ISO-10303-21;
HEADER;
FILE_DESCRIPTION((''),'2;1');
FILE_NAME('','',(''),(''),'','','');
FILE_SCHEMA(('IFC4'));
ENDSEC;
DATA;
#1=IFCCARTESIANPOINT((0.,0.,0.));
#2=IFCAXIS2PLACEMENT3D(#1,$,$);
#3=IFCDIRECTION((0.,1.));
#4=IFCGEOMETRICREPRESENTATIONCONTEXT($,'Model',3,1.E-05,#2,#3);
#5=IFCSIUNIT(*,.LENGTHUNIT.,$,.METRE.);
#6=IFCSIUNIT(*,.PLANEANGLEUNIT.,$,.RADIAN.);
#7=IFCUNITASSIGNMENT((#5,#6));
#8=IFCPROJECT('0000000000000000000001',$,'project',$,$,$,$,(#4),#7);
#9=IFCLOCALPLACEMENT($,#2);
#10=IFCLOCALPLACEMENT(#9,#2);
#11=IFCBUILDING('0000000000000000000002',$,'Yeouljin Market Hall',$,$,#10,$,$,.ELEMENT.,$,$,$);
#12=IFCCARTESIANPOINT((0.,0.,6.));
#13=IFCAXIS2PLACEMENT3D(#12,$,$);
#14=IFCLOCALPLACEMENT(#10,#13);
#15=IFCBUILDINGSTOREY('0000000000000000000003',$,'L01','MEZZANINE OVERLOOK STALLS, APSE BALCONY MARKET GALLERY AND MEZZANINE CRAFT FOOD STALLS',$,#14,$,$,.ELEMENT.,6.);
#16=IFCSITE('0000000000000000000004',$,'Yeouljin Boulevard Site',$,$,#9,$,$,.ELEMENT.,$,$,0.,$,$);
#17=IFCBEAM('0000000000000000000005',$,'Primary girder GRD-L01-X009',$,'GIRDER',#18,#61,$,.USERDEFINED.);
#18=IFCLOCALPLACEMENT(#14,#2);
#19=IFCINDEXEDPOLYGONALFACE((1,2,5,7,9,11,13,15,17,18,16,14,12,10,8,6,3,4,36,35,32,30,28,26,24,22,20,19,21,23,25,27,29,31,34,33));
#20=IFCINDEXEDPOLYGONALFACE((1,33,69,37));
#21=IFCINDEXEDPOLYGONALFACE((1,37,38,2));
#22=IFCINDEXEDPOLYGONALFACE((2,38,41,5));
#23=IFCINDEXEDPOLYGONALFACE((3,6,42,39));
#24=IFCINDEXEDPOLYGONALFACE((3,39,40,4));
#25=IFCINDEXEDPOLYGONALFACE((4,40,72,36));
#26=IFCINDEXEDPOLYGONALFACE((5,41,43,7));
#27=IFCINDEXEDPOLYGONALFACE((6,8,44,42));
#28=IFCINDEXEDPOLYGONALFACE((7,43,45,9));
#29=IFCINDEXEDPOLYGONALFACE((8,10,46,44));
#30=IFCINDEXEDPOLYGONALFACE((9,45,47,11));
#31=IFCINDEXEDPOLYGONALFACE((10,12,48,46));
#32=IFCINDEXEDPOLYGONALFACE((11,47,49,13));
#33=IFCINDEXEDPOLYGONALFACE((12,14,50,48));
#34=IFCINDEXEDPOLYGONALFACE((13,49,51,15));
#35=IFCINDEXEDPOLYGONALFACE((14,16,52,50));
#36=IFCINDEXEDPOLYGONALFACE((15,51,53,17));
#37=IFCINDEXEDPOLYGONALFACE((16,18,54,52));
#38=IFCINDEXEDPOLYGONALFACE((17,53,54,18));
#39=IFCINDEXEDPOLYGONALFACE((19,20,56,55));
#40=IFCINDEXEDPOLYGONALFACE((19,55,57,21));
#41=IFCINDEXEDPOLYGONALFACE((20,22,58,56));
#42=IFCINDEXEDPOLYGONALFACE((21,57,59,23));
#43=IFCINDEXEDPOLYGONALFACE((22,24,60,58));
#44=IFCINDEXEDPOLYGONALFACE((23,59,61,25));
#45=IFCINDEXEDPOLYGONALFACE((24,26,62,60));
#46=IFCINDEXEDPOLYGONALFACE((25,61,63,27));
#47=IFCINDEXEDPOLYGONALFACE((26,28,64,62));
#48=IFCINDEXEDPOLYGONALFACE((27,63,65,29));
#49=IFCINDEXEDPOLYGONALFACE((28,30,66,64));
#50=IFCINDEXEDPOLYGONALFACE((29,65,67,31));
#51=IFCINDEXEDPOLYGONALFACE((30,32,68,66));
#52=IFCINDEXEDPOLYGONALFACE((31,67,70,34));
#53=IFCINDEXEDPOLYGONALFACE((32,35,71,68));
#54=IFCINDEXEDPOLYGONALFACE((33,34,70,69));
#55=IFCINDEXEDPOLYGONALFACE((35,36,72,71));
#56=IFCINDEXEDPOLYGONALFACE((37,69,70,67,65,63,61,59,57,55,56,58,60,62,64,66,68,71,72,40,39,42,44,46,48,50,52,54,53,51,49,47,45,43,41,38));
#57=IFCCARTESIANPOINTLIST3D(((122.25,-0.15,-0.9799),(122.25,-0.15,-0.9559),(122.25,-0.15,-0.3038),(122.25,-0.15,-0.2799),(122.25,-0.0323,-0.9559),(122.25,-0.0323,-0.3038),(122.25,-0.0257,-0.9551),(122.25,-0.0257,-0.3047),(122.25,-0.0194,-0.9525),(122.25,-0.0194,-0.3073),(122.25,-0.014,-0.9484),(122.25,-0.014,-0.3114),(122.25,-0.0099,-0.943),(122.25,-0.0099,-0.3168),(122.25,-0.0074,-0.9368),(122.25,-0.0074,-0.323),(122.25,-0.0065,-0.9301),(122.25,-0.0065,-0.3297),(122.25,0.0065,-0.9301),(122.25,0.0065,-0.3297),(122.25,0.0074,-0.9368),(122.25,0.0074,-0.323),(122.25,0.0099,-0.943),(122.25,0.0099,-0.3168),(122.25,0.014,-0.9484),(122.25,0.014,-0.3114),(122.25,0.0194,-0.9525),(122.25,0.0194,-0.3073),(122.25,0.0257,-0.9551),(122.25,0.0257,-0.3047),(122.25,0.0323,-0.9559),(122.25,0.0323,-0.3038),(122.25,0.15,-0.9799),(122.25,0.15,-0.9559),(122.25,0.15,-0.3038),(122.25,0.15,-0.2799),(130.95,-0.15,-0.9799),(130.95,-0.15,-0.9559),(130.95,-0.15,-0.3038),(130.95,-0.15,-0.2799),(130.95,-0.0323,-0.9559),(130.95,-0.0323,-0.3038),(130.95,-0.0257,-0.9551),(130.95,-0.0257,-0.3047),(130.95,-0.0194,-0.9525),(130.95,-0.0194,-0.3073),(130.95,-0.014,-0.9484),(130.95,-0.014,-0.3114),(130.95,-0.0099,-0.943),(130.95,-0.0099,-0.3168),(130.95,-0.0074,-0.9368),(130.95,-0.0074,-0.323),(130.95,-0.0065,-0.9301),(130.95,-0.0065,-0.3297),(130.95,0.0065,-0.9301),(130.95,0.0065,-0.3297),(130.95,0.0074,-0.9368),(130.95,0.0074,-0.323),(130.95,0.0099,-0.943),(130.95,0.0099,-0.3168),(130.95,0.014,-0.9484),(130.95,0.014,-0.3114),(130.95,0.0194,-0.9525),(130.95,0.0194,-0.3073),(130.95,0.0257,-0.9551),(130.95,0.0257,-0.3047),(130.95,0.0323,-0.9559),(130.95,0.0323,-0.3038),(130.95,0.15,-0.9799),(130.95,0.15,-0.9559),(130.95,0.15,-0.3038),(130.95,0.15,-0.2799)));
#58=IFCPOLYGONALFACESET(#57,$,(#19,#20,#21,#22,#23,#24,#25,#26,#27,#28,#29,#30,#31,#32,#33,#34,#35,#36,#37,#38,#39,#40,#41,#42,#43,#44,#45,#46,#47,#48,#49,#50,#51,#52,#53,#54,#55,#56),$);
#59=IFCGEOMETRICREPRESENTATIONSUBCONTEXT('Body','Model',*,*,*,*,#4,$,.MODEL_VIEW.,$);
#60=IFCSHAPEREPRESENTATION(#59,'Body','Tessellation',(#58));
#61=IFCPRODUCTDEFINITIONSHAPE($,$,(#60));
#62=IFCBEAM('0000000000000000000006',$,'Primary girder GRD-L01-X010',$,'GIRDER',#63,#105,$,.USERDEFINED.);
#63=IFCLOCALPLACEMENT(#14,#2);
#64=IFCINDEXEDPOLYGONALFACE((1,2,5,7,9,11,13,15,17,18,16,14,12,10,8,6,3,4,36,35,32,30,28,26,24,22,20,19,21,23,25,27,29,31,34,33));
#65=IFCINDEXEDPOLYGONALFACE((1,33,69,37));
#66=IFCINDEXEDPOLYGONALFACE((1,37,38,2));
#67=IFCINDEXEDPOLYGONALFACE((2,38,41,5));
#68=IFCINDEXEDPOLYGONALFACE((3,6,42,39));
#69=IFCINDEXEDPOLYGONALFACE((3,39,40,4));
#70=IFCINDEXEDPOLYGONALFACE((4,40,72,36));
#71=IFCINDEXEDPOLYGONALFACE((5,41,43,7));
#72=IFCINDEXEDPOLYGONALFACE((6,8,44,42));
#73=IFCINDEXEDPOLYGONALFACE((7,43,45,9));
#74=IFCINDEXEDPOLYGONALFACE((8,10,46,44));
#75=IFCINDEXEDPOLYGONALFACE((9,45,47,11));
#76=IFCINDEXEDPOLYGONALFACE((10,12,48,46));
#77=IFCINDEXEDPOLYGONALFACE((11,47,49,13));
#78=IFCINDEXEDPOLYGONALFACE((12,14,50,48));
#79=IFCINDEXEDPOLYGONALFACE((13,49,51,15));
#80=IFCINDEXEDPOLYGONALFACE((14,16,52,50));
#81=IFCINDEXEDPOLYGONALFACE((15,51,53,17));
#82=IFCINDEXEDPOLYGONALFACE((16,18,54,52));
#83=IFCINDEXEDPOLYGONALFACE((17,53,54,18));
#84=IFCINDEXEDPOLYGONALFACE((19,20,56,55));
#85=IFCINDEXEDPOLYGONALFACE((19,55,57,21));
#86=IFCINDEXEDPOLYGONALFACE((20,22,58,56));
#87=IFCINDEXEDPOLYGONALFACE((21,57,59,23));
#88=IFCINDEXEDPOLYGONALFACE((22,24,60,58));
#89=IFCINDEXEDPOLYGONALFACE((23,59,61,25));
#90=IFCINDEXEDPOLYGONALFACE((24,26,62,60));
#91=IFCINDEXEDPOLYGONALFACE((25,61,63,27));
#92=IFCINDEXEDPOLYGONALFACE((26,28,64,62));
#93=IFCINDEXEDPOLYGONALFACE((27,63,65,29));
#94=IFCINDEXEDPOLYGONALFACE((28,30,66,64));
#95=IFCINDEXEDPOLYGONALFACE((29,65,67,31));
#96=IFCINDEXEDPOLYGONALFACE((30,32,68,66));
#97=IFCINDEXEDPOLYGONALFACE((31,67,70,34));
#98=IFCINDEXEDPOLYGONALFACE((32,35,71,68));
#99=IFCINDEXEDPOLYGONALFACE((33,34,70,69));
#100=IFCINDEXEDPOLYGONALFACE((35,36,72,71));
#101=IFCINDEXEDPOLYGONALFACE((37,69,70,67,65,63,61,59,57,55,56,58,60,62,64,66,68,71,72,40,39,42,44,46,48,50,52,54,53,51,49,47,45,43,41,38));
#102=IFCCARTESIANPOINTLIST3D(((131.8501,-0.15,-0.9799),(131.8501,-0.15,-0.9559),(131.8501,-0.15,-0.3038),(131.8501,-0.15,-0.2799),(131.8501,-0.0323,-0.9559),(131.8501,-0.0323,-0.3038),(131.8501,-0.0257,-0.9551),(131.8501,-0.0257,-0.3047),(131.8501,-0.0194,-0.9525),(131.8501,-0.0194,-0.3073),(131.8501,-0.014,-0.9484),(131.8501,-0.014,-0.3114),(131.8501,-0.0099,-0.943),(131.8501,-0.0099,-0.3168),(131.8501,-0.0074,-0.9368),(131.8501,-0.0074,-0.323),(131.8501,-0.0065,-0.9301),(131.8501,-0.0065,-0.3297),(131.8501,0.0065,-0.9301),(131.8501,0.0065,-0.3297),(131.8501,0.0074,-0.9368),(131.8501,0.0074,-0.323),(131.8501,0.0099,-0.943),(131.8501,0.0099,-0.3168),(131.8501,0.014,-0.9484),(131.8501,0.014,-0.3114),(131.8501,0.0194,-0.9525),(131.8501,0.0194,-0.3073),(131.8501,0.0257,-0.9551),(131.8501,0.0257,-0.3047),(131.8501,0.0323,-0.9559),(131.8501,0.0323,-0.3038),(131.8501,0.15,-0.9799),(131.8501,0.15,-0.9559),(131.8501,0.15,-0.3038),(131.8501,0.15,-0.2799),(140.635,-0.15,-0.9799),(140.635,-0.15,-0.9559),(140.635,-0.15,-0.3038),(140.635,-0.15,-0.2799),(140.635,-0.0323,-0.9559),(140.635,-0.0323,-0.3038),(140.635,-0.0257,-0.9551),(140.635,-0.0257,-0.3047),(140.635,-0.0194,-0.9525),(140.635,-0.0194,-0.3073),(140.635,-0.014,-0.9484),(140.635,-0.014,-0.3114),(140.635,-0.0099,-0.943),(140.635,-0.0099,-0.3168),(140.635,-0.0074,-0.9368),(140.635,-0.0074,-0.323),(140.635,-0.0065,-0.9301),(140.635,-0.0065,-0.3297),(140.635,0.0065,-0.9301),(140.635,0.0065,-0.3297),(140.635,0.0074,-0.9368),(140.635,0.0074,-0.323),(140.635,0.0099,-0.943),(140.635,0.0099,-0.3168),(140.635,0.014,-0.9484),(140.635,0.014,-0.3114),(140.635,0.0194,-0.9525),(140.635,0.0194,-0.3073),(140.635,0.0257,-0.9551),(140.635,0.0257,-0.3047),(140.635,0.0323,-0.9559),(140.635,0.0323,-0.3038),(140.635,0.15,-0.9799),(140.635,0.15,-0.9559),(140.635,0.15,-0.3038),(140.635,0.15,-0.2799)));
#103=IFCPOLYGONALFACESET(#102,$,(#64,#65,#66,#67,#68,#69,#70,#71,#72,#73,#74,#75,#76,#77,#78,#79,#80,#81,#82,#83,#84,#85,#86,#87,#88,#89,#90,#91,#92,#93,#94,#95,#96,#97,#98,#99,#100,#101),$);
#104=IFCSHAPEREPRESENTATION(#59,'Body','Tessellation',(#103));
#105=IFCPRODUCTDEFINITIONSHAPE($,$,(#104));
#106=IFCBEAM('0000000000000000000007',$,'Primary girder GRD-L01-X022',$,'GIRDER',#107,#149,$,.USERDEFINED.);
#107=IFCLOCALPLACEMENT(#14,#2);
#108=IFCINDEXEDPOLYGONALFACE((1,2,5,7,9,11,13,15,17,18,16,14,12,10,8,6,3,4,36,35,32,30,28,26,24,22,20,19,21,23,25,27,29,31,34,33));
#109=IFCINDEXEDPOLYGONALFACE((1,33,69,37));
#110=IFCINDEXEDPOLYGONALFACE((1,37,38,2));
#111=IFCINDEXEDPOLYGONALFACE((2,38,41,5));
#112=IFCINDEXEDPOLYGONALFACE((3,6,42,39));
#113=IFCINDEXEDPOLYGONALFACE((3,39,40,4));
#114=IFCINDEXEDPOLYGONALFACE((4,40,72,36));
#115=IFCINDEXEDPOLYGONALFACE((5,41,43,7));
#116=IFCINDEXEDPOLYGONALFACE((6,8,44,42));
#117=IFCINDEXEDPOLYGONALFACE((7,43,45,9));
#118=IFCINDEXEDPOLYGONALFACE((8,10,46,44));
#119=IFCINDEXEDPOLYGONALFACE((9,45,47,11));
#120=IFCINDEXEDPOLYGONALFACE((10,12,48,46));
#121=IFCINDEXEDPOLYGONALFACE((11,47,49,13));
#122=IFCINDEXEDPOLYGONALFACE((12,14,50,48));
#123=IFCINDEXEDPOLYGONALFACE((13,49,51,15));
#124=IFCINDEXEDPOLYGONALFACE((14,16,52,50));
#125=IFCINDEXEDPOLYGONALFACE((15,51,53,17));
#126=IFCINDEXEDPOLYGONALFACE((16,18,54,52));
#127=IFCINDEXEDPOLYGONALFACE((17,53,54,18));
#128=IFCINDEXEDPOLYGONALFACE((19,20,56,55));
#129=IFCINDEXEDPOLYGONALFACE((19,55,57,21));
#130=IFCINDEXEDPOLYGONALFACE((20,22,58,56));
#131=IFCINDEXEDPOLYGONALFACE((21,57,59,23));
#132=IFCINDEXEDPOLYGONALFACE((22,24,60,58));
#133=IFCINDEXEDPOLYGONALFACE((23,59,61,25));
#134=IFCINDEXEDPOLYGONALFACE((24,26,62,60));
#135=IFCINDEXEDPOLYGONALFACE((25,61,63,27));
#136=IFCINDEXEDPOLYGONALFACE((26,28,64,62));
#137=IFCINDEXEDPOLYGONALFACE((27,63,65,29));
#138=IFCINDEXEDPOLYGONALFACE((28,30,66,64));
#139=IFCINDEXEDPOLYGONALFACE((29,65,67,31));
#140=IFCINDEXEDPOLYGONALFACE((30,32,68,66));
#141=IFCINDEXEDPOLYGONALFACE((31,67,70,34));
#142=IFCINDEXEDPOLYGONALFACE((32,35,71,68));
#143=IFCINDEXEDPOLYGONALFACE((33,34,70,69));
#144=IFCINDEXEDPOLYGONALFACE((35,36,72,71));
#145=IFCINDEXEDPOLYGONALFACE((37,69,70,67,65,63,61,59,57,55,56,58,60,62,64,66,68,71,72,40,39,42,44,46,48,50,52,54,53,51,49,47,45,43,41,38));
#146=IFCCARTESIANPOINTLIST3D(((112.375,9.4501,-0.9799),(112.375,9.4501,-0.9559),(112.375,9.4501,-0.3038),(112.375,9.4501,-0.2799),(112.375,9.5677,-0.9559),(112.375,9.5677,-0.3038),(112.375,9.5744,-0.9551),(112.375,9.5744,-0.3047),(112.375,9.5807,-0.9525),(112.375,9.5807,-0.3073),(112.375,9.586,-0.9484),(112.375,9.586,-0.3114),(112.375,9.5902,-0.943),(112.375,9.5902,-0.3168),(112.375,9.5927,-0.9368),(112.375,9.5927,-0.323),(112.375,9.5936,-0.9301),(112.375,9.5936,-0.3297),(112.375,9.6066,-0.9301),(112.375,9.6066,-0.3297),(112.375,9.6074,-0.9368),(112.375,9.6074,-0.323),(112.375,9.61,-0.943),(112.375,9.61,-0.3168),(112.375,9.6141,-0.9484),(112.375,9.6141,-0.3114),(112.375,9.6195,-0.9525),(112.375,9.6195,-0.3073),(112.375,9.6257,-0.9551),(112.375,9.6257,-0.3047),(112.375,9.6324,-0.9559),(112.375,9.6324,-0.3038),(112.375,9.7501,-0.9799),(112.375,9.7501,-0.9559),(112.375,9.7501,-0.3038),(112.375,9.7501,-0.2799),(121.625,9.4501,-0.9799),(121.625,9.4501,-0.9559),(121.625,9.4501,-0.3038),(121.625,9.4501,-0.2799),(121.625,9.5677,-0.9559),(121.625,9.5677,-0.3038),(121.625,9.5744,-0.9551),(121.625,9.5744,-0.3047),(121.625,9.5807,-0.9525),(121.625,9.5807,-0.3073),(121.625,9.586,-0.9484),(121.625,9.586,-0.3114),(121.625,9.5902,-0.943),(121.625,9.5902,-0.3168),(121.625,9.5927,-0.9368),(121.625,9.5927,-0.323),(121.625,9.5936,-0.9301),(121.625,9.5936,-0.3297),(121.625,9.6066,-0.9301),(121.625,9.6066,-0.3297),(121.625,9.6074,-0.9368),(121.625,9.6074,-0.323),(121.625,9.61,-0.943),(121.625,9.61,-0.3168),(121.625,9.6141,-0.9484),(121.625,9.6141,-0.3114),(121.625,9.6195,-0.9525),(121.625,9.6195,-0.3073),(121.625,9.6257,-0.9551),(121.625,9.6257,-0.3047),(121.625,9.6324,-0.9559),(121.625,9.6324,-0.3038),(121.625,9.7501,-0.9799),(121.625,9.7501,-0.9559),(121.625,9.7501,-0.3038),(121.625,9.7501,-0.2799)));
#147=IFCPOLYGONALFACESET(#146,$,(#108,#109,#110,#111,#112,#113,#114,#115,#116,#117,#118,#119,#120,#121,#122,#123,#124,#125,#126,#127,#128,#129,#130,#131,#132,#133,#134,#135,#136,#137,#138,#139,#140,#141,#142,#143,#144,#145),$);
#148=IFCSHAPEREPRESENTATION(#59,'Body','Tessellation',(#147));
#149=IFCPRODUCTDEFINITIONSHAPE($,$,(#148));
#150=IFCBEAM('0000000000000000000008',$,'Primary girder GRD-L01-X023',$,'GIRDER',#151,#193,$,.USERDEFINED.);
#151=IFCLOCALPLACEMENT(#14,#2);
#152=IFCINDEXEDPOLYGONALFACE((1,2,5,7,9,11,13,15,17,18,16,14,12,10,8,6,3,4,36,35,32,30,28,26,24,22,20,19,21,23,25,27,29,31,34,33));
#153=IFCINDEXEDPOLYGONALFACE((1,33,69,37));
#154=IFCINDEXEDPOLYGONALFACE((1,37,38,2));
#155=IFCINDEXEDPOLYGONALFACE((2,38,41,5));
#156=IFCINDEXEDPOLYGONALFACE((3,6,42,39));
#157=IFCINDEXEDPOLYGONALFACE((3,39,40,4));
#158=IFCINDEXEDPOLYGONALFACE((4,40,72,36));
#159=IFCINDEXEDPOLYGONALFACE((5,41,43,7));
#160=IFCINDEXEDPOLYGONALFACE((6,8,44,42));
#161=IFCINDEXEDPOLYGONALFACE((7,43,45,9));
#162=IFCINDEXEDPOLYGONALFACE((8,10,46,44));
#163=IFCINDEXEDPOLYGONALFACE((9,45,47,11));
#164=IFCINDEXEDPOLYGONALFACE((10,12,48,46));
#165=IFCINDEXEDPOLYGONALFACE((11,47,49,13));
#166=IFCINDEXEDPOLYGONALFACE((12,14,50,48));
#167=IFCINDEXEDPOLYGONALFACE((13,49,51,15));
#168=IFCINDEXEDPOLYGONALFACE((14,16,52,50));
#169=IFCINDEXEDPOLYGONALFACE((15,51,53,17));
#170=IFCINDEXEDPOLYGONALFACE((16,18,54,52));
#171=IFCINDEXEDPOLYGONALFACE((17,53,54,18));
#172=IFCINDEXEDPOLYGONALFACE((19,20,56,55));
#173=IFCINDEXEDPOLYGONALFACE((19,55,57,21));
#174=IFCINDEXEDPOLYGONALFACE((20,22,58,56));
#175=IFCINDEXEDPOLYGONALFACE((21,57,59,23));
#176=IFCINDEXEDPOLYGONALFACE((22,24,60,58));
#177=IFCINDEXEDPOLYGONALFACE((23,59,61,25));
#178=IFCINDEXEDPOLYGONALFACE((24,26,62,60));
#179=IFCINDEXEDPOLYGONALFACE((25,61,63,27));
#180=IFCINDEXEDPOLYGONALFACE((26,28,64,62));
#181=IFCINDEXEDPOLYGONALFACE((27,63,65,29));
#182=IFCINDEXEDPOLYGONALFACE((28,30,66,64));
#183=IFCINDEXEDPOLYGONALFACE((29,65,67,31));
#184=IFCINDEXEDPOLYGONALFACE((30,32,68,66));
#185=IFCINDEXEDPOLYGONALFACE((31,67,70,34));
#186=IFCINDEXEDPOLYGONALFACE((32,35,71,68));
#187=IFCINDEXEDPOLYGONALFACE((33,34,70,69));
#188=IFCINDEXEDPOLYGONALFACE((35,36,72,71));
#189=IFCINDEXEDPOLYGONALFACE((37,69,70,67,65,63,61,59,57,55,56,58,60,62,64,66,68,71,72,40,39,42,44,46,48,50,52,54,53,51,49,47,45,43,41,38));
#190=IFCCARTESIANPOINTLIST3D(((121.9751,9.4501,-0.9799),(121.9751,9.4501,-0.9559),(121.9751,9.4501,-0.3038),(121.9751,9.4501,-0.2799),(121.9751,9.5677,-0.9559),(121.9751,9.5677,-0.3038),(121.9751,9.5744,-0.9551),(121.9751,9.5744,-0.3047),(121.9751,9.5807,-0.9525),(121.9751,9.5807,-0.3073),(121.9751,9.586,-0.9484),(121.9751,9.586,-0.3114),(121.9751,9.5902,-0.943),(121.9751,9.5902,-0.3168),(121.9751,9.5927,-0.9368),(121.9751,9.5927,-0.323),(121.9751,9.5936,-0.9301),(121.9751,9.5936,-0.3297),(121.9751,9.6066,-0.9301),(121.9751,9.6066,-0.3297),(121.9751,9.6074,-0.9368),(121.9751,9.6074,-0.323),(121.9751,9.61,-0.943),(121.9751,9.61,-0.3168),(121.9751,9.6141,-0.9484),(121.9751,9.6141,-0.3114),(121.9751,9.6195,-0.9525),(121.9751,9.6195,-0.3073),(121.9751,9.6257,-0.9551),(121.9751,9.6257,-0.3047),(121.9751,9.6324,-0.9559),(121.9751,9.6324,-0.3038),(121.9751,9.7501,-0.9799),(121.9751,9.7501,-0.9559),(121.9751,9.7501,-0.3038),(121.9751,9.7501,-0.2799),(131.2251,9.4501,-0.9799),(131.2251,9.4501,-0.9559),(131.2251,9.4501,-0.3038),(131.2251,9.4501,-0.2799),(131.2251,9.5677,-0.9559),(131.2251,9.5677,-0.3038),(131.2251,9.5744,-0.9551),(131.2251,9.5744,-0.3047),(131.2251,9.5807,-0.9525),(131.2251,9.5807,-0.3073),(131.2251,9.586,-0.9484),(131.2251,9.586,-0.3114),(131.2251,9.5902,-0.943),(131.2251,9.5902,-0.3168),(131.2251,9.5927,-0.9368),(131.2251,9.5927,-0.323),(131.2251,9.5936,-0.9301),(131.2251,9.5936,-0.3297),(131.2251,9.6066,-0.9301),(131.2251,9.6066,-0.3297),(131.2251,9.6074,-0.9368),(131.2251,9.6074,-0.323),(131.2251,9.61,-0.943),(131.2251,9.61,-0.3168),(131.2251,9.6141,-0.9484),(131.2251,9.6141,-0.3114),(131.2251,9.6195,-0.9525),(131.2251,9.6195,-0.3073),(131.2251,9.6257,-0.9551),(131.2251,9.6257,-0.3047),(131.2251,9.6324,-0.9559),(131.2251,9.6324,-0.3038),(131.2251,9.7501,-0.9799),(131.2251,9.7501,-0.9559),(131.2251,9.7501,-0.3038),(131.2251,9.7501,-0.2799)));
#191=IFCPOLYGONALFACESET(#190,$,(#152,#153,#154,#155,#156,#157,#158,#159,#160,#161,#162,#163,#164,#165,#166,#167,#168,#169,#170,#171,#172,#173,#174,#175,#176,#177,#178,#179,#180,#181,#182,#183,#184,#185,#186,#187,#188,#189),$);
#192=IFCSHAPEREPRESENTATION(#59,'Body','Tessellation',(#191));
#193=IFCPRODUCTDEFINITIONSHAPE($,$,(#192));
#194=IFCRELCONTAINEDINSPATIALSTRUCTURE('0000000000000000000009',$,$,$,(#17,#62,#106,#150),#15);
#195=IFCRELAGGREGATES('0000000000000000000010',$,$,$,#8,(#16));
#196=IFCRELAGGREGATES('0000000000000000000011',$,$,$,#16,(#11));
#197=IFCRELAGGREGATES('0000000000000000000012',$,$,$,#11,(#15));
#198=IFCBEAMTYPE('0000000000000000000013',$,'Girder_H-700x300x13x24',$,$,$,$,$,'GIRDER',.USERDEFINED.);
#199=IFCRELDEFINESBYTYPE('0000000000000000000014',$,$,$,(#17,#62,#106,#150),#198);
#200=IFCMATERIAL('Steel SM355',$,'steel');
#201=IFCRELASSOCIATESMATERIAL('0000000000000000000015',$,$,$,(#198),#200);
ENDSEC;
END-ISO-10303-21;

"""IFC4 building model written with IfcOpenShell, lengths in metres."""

from ifc_helpers import new_model, si_unit, direction, frame, origin, origin_2d, place, context, subcontext, project, spatial, i_section, extrude, material, material_profile, profile_set, type_object, element, save


model = new_model("IFC4")

# Units and contexts
model_context = context("Model", 3, precision=1e-05, world=origin(), true_north=direction((0.0, 1.0)))
body_context = subcontext(model_context, "Body", "Model", "MODEL_VIEW")
ifc_project = project(units=[si_unit("LENGTHUNIT", "METRE"), si_unit("PLANEANGLEUNIT", "RADIAN")], contexts=[model_context])

# Site, building, storey
site_placement = place(None, origin())
site = spatial("IfcSite", under=ifc_project, at=site_placement, Name="Yeouljin Boulevard Site", CompositionType="ELEMENT", RefElevation=0.0)
building_placement = place(site_placement, origin())
building = spatial("IfcBuilding", under=site, at=building_placement, Name="Yeouljin Market Hall", CompositionType="ELEMENT")
storey_placement = place(building_placement, frame((0.0, 0.0, 6.0)))
storey = spatial("IfcBuildingStorey", under=building, at=storey_placement, Name="L01", Description="MEZZANINE OVERLOOK STALLS, APSE BALCONY MARKET GALLERY AND MEZZANINE CRAFT FOOD STALLS", CompositionType="ELEMENT", Elevation=6.0)

# Beams
ifc_material_1 = material(Name="Steel SM355", Category="steel")
ifc_material_profile_1 = material_profile(ifc_material_1, i_section(OverallWidth=0.3, OverallDepth=0.7, WebThickness=0.0129, FlangeThickness=0.0239, FilletRadius=0.0259, at=origin_2d()), Name="H-700x300x13x24")
ifc_profile_set_1 = profile_set([ifc_material_profile_1], Name="Steel SM355")
beam_type_1 = type_object("IfcBeamType", Name="Girder_H-700x300x13x24", ElementType="GIRDER", PredefinedType="USERDEFINED", material=ifc_profile_set_1)
beam_1_placement = place(storey_placement, frame((122.25, 0.0, -0.6299), z_axis=(1.0, 0.0, 0.0), x_axis=(0.0, 1.0, 0.0)))
element("IfcBeam", 1, at=beam_1_placement, inside=storey, type_object=beam_type_1, Name="Primary girder GRD-L01-X009", ObjectType="GIRDER", PredefinedType="USERDEFINED", context=body_context, shape_type="SweptSolid", body=[
    extrude(i_section(OverallWidth=0.3, OverallDepth=0.7, WebThickness=0.0129, FlangeThickness=0.0239, FilletRadius=0.0259, at=origin_2d()), origin(), (0.0, 0.0, 1.0), 8.7),
])
beam_2_placement = place(storey_placement, frame((131.8501, 0.0, -0.6299), z_axis=(1.0, 0.0, 0.0), x_axis=(0.0, 1.0, 0.0)))
element("IfcBeam", 2, at=beam_2_placement, inside=storey, type_object=beam_type_1, Name="Primary girder GRD-L01-X010", ObjectType="GIRDER", PredefinedType="USERDEFINED", context=body_context, shape_type="SweptSolid", body=[
    extrude(i_section(OverallWidth=0.3, OverallDepth=0.7, WebThickness=0.0129, FlangeThickness=0.0239, FilletRadius=0.0259, at=origin_2d()), origin(), (0.0, 0.0, 1.0), 8.7849),
])
for number, where, z_axis, x_axis, name in (
    (3, (112.375, 9.6001, -0.6299), (1.0, 0.0, 0.0), (0.0, 1.0, 0.0), "Primary girder GRD-L01-X022"),
    (4, (121.9751, 9.6001, -0.6299), (1.0, 0.0, 0.0), (0.0, 1.0, 0.0), "Primary girder GRD-L01-X023"),
):
    element("IfcBeam", number, at=place(storey_placement, frame(where, z_axis=z_axis, x_axis=x_axis)), inside=storey, type_object=beam_type_1, Name=name, ObjectType="GIRDER", PredefinedType="USERDEFINED", context=body_context, shape_type="SweptSolid", body=[
        extrude(i_section(OverallWidth=0.3, OverallDepth=0.7, WebThickness=0.0129, FlangeThickness=0.0239, FilletRadius=0.0259, at=origin_2d()), origin(), (0.0, 0.0, 1.0), 9.25),
    ])

save(model, "model.ifc")
